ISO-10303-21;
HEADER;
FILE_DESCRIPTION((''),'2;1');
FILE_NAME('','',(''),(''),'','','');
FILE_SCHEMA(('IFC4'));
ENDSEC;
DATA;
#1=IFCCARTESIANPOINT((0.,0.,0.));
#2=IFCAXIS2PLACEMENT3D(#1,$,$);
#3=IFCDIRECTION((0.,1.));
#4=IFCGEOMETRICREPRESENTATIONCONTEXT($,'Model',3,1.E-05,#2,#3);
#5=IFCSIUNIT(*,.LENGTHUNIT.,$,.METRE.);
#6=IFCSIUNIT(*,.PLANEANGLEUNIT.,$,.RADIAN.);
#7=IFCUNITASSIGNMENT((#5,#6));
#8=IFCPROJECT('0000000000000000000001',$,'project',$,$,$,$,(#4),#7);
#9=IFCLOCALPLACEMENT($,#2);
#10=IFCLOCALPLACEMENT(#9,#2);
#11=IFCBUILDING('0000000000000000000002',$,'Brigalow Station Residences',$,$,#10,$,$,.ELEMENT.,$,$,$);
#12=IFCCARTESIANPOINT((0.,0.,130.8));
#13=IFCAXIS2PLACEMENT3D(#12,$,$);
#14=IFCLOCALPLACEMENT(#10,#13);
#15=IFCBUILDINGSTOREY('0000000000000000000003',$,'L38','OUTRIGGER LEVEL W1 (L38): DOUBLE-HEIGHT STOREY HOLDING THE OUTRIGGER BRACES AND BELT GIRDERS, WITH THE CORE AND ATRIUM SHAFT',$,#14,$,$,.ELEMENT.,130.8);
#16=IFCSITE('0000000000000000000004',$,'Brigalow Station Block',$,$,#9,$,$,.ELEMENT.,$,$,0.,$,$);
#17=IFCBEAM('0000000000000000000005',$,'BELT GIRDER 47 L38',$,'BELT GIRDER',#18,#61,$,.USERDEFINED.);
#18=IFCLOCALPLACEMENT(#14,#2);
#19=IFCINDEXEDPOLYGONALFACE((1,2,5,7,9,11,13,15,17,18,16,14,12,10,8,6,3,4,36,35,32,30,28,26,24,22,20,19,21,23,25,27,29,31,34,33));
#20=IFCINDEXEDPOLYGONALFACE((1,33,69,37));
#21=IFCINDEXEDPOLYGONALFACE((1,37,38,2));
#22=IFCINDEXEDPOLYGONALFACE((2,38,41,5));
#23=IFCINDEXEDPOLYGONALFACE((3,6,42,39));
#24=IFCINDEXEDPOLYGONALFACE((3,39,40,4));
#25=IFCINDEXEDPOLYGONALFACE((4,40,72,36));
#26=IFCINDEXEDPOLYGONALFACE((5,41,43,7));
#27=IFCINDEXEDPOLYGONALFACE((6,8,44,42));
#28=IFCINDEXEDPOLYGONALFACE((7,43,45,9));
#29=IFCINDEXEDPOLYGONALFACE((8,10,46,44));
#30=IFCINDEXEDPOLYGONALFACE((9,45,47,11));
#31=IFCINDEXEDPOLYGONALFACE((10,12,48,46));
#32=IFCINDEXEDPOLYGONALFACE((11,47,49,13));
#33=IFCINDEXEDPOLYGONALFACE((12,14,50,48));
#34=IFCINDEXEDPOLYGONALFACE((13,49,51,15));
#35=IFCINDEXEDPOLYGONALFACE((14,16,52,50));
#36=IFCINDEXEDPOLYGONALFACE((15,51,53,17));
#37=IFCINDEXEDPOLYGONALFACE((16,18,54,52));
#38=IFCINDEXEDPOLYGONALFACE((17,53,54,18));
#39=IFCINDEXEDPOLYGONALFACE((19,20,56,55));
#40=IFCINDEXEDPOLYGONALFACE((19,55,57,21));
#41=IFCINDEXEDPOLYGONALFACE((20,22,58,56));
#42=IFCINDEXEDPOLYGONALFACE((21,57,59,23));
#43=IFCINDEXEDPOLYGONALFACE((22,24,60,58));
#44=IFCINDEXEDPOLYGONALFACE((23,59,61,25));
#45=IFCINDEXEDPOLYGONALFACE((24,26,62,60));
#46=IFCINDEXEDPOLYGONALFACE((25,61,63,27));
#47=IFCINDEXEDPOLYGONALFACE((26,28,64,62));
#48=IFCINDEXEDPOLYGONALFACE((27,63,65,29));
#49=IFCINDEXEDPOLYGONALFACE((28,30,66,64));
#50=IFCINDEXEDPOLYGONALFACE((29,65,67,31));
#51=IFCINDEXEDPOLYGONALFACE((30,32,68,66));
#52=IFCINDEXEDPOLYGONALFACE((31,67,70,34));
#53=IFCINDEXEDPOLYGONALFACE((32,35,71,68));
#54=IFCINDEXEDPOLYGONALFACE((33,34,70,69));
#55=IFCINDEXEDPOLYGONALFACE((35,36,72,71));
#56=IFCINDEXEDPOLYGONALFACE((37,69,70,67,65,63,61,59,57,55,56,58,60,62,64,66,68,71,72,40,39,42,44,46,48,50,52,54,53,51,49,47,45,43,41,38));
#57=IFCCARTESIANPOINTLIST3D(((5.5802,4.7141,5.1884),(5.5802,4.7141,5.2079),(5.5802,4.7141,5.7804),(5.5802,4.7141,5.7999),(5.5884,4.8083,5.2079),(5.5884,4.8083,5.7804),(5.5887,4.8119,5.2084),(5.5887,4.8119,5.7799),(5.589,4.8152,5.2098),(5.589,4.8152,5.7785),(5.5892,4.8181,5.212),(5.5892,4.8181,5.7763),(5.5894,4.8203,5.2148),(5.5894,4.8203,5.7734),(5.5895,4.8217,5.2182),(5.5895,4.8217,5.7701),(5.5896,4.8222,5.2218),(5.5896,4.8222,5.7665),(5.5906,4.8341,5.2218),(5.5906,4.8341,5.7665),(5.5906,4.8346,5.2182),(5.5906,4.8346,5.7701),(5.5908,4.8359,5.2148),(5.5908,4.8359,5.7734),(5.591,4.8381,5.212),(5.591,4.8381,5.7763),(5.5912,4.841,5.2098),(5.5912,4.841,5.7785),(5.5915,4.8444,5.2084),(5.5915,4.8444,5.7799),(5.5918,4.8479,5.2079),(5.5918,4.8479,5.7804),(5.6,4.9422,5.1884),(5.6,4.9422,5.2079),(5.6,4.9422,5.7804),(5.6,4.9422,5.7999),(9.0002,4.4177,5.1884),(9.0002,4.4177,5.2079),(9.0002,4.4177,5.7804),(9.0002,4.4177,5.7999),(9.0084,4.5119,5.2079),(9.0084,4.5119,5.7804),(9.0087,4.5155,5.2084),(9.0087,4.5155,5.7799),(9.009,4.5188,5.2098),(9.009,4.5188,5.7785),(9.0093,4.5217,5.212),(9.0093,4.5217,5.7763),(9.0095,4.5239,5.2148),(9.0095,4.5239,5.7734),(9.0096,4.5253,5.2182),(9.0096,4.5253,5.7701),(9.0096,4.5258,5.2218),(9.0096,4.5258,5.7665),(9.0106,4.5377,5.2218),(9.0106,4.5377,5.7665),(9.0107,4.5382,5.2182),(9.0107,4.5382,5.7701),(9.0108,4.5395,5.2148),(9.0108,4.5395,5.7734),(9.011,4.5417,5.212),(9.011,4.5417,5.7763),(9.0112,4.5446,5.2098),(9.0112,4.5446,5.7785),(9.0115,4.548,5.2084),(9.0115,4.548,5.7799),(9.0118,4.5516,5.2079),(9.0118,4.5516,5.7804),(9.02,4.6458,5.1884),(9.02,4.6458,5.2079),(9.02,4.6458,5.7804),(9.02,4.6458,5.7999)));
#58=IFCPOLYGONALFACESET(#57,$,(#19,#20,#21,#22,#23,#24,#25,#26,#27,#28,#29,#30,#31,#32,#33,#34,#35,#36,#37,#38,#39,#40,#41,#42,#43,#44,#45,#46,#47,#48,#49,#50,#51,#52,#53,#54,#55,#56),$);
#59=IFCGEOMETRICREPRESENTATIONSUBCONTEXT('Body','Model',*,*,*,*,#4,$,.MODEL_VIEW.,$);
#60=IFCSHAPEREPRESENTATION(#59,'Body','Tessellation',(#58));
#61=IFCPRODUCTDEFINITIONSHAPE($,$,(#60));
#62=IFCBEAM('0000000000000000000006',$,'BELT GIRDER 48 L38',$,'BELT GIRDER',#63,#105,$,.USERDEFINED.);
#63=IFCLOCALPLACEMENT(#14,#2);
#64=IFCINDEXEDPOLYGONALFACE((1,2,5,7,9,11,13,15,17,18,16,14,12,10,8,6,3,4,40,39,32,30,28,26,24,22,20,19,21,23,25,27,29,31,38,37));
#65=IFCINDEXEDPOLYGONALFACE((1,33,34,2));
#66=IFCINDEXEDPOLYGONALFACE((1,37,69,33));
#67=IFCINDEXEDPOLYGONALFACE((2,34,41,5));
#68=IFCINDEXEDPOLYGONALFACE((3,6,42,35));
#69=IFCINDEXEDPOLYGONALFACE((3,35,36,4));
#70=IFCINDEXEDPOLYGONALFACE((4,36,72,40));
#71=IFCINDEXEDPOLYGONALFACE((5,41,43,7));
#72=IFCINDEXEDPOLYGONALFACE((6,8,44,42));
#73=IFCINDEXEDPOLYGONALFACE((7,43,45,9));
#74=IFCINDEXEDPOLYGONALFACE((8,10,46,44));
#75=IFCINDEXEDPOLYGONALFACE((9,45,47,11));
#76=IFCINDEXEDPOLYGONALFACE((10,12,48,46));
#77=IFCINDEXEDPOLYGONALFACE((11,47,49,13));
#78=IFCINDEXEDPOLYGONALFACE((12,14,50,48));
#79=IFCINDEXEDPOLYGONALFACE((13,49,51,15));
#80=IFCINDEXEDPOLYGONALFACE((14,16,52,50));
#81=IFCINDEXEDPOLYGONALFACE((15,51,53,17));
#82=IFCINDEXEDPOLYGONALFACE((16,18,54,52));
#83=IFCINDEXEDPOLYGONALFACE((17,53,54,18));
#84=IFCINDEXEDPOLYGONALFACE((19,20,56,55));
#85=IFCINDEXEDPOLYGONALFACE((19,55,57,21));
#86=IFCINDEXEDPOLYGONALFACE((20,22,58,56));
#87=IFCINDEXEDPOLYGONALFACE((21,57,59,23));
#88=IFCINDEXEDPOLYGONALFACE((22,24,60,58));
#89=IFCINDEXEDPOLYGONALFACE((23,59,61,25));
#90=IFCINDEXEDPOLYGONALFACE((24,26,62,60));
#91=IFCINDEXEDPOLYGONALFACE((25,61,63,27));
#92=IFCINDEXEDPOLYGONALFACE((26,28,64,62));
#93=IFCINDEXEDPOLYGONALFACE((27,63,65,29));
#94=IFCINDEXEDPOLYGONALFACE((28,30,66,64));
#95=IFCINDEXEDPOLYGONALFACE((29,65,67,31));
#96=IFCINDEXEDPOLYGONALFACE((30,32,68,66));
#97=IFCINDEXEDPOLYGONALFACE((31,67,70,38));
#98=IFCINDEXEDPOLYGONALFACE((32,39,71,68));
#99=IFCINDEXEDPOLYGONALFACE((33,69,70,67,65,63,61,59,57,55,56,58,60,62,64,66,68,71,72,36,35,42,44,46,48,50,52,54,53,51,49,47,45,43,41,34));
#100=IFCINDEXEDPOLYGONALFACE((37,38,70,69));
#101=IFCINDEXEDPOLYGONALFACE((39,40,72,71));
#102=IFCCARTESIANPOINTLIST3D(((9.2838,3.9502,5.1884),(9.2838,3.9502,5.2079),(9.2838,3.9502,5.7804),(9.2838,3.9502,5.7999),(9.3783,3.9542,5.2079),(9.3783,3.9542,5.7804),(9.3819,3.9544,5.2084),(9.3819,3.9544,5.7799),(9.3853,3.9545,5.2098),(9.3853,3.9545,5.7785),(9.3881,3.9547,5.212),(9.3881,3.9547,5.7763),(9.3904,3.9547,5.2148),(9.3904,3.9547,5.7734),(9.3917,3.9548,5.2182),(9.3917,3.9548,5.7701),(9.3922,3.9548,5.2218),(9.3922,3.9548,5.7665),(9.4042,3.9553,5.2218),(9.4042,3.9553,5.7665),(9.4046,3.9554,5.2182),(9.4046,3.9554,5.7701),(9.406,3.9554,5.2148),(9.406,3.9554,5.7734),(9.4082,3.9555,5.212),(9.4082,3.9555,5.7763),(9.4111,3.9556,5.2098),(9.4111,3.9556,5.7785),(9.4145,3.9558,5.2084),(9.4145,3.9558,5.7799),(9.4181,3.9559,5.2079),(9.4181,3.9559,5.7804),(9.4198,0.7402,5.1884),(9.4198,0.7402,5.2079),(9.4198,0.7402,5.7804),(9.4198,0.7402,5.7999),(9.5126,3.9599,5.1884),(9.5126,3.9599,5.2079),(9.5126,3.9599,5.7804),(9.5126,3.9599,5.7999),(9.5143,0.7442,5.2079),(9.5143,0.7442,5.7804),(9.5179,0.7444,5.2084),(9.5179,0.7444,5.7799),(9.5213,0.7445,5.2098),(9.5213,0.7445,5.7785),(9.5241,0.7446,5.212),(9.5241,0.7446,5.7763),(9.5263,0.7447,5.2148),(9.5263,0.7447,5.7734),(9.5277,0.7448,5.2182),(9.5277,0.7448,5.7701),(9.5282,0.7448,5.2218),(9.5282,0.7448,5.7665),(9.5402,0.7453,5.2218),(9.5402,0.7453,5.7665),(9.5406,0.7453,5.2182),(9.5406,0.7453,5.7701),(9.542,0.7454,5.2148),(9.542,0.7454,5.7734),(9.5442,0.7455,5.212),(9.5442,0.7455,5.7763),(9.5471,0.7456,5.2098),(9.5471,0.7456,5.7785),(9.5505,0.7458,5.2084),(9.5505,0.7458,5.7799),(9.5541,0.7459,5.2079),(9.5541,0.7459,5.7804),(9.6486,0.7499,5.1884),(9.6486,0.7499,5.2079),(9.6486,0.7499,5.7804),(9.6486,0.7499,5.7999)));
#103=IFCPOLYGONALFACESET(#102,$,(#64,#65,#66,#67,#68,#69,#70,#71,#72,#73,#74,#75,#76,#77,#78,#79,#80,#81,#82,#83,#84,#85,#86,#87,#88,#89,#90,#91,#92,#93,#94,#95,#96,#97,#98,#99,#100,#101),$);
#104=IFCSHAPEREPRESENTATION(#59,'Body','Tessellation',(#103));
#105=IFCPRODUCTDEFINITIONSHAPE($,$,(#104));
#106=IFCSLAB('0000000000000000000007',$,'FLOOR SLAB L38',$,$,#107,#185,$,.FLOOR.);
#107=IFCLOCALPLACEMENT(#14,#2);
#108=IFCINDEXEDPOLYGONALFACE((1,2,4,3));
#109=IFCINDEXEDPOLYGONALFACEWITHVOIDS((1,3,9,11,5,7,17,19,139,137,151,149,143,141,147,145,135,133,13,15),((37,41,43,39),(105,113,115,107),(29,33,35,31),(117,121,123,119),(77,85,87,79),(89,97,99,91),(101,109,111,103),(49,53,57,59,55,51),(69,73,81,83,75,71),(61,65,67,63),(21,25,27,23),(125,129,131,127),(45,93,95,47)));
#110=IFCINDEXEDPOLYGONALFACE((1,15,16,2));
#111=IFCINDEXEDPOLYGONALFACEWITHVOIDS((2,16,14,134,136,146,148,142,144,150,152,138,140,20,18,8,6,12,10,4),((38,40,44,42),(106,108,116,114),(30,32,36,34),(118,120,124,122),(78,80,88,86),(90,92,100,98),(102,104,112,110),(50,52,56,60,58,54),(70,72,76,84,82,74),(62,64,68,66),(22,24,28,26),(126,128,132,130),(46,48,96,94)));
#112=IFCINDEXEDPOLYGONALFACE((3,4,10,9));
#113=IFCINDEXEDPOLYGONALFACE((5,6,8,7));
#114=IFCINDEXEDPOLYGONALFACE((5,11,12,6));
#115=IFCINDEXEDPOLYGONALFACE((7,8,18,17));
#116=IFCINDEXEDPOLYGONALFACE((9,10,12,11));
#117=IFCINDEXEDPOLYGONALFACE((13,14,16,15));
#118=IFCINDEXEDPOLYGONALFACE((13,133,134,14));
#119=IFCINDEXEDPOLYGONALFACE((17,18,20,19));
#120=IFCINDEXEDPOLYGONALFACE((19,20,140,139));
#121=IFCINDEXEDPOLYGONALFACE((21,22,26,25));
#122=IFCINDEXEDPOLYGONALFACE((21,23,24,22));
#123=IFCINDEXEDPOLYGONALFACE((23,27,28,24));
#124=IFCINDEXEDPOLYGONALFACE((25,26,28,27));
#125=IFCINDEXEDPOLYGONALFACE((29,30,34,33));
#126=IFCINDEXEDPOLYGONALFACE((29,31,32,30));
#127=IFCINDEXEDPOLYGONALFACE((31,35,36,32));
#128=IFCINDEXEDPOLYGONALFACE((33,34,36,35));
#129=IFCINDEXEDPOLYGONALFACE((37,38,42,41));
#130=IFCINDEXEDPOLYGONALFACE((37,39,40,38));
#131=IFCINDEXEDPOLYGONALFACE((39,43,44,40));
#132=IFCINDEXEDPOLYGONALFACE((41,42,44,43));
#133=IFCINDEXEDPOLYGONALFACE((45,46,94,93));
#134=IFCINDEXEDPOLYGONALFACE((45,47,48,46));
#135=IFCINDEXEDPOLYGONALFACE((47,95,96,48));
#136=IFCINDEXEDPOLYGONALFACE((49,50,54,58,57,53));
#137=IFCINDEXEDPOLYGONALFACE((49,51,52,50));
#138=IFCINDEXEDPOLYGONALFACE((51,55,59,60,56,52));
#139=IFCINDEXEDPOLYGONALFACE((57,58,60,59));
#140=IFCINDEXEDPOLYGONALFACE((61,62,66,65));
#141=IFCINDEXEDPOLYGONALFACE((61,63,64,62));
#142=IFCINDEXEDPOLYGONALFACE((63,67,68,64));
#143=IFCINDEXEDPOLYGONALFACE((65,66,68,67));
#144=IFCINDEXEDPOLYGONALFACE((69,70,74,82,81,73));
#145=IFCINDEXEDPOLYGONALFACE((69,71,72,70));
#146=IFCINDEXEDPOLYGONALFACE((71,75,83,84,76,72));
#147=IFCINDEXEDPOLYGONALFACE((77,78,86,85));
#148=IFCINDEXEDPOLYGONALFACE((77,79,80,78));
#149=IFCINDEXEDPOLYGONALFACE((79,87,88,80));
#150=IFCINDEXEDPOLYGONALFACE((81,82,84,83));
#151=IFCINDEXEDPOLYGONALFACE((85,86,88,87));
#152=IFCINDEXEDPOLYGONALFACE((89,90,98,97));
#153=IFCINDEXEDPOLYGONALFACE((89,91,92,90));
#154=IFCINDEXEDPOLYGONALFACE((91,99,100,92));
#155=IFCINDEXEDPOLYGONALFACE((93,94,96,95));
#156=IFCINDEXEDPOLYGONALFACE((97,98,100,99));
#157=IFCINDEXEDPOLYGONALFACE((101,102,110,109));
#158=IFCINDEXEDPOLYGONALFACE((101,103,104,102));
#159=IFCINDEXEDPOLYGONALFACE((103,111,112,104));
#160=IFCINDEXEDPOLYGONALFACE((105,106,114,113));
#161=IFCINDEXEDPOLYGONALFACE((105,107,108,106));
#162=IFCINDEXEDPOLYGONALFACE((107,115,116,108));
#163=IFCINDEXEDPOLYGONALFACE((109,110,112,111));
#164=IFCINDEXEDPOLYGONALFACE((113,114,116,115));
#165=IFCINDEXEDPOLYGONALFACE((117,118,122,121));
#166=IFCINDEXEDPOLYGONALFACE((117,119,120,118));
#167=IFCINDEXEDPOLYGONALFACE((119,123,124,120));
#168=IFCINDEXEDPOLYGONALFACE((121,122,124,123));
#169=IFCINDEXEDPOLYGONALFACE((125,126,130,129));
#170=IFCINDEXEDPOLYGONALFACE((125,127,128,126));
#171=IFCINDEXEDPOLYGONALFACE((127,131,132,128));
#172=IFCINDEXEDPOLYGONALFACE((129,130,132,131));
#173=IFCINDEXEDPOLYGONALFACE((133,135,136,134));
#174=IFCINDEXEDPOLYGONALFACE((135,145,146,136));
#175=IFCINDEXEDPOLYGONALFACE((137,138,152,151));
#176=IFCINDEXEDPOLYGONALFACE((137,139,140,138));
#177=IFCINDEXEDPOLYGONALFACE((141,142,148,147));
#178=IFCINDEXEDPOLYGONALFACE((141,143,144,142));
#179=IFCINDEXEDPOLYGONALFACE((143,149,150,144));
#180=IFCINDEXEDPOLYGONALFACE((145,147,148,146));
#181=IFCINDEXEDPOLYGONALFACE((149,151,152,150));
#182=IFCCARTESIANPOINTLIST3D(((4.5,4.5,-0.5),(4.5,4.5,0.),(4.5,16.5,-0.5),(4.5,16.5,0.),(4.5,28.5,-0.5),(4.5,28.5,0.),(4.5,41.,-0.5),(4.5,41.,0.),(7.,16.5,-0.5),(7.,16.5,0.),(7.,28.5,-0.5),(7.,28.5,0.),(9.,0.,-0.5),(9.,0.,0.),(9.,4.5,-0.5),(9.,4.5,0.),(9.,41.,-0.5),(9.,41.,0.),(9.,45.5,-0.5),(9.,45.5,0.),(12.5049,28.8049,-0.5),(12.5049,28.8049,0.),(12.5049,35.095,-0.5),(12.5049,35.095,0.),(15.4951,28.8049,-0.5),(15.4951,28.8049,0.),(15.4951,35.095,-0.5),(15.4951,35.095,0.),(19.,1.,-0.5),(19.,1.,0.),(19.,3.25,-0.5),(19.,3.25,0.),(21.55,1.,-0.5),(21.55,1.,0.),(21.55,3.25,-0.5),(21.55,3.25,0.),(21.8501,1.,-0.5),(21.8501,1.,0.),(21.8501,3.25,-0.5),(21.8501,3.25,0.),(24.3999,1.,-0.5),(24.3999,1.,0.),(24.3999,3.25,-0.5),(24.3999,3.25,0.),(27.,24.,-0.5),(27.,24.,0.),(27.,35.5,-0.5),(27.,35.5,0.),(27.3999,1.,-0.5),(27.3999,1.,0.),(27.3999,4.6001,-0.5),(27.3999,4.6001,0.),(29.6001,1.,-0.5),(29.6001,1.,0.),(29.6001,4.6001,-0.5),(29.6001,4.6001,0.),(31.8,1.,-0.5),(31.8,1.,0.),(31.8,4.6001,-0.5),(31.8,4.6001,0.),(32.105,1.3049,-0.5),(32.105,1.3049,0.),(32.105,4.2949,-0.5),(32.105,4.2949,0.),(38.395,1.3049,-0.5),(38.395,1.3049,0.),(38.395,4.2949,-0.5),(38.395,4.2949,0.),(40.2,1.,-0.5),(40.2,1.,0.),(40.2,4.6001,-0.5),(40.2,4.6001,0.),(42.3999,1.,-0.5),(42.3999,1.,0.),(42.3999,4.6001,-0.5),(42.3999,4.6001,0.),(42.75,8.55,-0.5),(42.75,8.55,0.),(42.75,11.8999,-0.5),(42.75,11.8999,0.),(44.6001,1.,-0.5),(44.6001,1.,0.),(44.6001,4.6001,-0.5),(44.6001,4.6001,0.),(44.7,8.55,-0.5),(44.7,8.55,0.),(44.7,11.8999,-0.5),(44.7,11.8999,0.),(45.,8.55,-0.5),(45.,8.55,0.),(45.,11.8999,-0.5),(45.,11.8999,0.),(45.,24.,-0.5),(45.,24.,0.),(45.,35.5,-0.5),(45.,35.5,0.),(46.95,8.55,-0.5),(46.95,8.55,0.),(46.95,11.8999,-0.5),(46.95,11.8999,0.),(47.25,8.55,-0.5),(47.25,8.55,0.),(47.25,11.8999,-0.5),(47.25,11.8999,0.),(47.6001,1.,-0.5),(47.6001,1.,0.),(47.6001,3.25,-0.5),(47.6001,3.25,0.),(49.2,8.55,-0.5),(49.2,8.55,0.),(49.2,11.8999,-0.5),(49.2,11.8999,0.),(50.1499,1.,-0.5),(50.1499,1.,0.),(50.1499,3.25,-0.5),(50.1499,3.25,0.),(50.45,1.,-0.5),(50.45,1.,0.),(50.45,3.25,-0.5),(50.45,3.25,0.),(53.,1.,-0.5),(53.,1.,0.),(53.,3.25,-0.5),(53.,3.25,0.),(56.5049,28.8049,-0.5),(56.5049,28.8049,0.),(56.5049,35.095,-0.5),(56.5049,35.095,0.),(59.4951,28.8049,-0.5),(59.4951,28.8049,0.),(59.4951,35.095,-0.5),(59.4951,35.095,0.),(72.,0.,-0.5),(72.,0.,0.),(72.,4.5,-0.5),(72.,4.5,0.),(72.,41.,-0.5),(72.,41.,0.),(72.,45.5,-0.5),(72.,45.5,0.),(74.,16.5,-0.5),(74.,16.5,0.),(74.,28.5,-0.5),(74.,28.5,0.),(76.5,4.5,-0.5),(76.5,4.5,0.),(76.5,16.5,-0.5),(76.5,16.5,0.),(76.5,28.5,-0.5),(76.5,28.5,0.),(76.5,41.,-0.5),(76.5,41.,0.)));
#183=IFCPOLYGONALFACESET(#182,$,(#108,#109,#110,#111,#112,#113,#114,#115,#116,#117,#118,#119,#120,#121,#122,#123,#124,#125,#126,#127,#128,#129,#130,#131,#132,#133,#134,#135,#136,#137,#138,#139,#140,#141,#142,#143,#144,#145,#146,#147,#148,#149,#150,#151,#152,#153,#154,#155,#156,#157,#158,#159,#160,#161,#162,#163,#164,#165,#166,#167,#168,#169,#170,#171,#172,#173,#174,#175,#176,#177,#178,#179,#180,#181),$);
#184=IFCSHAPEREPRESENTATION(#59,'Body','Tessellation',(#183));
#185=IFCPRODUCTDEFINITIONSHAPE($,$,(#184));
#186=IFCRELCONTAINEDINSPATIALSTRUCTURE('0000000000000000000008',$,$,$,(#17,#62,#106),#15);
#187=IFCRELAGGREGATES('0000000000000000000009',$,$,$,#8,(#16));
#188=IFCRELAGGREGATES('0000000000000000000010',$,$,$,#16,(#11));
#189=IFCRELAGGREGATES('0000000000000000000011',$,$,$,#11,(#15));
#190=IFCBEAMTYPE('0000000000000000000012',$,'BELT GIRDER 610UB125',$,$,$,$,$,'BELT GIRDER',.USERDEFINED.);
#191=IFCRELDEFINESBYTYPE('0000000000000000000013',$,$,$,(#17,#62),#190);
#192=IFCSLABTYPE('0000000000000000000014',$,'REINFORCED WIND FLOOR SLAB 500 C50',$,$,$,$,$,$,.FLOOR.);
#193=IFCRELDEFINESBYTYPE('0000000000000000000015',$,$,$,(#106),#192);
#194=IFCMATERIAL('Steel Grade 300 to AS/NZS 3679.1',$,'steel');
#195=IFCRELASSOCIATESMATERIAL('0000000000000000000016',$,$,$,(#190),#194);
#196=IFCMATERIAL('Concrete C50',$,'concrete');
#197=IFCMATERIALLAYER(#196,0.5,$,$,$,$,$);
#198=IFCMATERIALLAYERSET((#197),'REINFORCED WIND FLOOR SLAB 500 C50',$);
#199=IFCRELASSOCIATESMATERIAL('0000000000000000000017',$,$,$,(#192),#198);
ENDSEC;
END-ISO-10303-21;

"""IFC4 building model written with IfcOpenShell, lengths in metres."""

from ifc_helpers import new_model, si_unit, direction, frame, origin, origin_2d, place, context, subcontext, project, spatial, polyline, i_section, outline, extrude, material, layer, layer_set, material_profile, profile_set, type_object, element, save


model = new_model("IFC4")

# Units and contexts
model_context = context("Model", 3, precision=1e-05, world=origin(), true_north=direction((0.0, 1.0)))
body_context = subcontext(model_context, "Body", "Model", "MODEL_VIEW")
ifc_project = project(units=[si_unit("LENGTHUNIT", "METRE"), si_unit("PLANEANGLEUNIT", "RADIAN")], contexts=[model_context])

# Site, building, storey
site_placement = place(None, origin())
site = spatial("IfcSite", under=ifc_project, at=site_placement, Name="Brigalow Station Block", CompositionType="ELEMENT", RefElevation=0.0)
building_placement = place(site_placement, origin())
building = spatial("IfcBuilding", under=site, at=building_placement, Name="Brigalow Station Residences", CompositionType="ELEMENT")
storey_placement = place(building_placement, frame((0.0, 0.0, 130.8)))
storey = spatial("IfcBuildingStorey", under=building, at=storey_placement, Name="L38", Description="OUTRIGGER LEVEL W1 (L38): DOUBLE-HEIGHT STOREY HOLDING THE OUTRIGGER BRACES AND BELT GIRDERS, WITH THE CORE AND ATRIUM SHAFT", CompositionType="ELEMENT", Elevation=130.8)

# Beams
ifc_material_1 = material(Name="Steel Grade 300 to AS/NZS 3679.1", Category="steel")
ifc_material_profile_1 = material_profile(ifc_material_1, i_section(OverallWidth=0.229, OverallDepth=0.6116, WebThickness=0.012, FlangeThickness=0.0195, FilletRadius=0.0139, at=origin_2d()), Name="610UB125")
ifc_profile_set_1 = profile_set([ifc_material_profile_1], Name="Steel Grade 300 to AS/NZS 3679.1")
beam_type = type_object("IfcBeamType", Name="BELT GIRDER 610UB125", ElementType="BELT GIRDER", PredefinedType="USERDEFINED", material=ifc_profile_set_1)
beam_1_placement = place(storey_placement, frame((5.5901, 4.8281, 5.4941), z_axis=(0.996266, -0.086341, 0.0), x_axis=(0.086341, 0.996266, 0.0)))
element("IfcBeam", 1, at=beam_1_placement, inside=storey, type_object=beam_type, Name="BELT GIRDER 47 L38", ObjectType="BELT GIRDER", PredefinedType="USERDEFINED", context=body_context, shape_type="SweptSolid", body=[
    extrude(i_section(OverallWidth=0.229, OverallDepth=0.6116, WebThickness=0.012, FlangeThickness=0.0195, FilletRadius=0.0139, at=origin_2d()), origin(), (0.0, 0.0, 1.0), 3.4329),
])
beam_2_placement = place(storey_placement, frame((9.3982, 3.9551, 5.4941), z_axis=(0.042326, -0.999104, 0.0), x_axis=(0.999104, 0.042326, 0.0)))
element("IfcBeam", 2, at=beam_2_placement, inside=storey, type_object=beam_type, Name="BELT GIRDER 48 L38", ObjectType="BELT GIRDER", PredefinedType="USERDEFINED", context=body_context, shape_type="SweptSolid", body=[
    extrude(i_section(OverallWidth=0.229, OverallDepth=0.6116, WebThickness=0.012, FlangeThickness=0.0195, FilletRadius=0.0139, at=origin_2d()), origin(), (0.0, 0.0, 1.0), 3.2129),
])

# Slab
ifc_material_2 = material(Name="Concrete C50", Category="concrete")
ifc_layer_1 = layer(ifc_material_2, 0.5)
ifc_layer_set_1 = layer_set([ifc_layer_1], Name="REINFORCED WIND FLOOR SLAB 500 C50")
slab_type_1 = type_object("IfcSlabType", Name="REINFORCED WIND FLOOR SLAB 500 C50", PredefinedType="FLOOR", material=ifc_layer_set_1)
slab_1_placement = place(storey_placement, frame((0.0, 0.0, -0.5)))
element("IfcSlab", 3, at=slab_1_placement, inside=storey, type_object=slab_type_1, Name="FLOOR SLAB L38", PredefinedType="FLOOR", context=body_context, shape_type="SweptSolid", body=[
    extrude(outline(polyline([(9.0, 0.0), (72.0, 0.0), (72.0, 4.5), (76.5, 4.5), (76.5, 16.5), (74.0, 16.5), (74.0, 28.5), (76.5, 28.5), (76.5, 41.0), (72.0, 41.0), (72.0, 45.5), (9.0, 45.5), (9.0, 41.0), (4.5, 41.0), (4.5, 28.5), (7.0, 28.5), (7.0, 16.5), (4.5, 16.5), (4.5, 4.5), (9.0, 4.5), (9.0, 0.0)]), holes=[polyline([(12.5049, 35.095), (15.4951, 35.095), (15.4951, 28.8049), (12.5049, 28.8049), (12.5049, 35.095)]), polyline([(19.0, 1.0), (19.0, 3.25), (21.55, 3.25), (21.55, 1.0), (19.0, 1.0)]), polyline([(21.8501, 3.25), (24.3999, 3.25), (24.3999, 1.0), (21.8501, 1.0), (21.8501, 3.25)]), polyline([(27.0, 35.5), (45.0, 35.5), (45.0, 24.0), (27.0, 24.0), (27.0, 35.5)]), polyline([(29.6001, 4.6001), (31.8, 4.6001), (31.8, 1.0), (29.6001, 1.0), (27.3999, 1.0), (27.3999, 4.6001), (29.6001, 4.6001)]), polyline([(32.105, 4.2949), (38.395, 4.2949), (38.395, 1.3049), (32.105, 1.3049), (32.105, 4.2949)]), polyline([(40.2, 4.6001), (42.3999, 4.6001), (44.6001, 4.6001), (44.6001, 1.0), (42.3999, 1.0), (40.2, 1.0), (40.2, 4.6001)]), polyline([(42.75, 11.8999), (44.7, 11.8999), (44.7, 8.55), (42.75, 8.55), (42.75, 11.8999)]), polyline([(45.0, 11.8999), (46.95, 11.8999), (46.95, 8.55), (45.0, 8.55), (45.0, 11.8999)]), polyline([(47.25, 11.8999), (49.2, 11.8999), (49.2, 8.55), (47.25, 8.55), (47.25, 11.8999)]), polyline([(47.6001, 3.25), (50.1499, 3.25), (50.1499, 1.0), (47.6001, 1.0), (47.6001, 3.25)]), polyline([(50.45, 3.25), (53.0, 3.25), (53.0, 1.0), (50.45, 1.0), (50.45, 3.25)]), polyline([(56.5049, 35.095), (59.4951, 35.095), (59.4951, 28.8049), (56.5049, 28.8049), (56.5049, 35.095)])]), origin(), (0.0, 0.0, 1.0), 0.5),
])

save(model, "model.ifc")
